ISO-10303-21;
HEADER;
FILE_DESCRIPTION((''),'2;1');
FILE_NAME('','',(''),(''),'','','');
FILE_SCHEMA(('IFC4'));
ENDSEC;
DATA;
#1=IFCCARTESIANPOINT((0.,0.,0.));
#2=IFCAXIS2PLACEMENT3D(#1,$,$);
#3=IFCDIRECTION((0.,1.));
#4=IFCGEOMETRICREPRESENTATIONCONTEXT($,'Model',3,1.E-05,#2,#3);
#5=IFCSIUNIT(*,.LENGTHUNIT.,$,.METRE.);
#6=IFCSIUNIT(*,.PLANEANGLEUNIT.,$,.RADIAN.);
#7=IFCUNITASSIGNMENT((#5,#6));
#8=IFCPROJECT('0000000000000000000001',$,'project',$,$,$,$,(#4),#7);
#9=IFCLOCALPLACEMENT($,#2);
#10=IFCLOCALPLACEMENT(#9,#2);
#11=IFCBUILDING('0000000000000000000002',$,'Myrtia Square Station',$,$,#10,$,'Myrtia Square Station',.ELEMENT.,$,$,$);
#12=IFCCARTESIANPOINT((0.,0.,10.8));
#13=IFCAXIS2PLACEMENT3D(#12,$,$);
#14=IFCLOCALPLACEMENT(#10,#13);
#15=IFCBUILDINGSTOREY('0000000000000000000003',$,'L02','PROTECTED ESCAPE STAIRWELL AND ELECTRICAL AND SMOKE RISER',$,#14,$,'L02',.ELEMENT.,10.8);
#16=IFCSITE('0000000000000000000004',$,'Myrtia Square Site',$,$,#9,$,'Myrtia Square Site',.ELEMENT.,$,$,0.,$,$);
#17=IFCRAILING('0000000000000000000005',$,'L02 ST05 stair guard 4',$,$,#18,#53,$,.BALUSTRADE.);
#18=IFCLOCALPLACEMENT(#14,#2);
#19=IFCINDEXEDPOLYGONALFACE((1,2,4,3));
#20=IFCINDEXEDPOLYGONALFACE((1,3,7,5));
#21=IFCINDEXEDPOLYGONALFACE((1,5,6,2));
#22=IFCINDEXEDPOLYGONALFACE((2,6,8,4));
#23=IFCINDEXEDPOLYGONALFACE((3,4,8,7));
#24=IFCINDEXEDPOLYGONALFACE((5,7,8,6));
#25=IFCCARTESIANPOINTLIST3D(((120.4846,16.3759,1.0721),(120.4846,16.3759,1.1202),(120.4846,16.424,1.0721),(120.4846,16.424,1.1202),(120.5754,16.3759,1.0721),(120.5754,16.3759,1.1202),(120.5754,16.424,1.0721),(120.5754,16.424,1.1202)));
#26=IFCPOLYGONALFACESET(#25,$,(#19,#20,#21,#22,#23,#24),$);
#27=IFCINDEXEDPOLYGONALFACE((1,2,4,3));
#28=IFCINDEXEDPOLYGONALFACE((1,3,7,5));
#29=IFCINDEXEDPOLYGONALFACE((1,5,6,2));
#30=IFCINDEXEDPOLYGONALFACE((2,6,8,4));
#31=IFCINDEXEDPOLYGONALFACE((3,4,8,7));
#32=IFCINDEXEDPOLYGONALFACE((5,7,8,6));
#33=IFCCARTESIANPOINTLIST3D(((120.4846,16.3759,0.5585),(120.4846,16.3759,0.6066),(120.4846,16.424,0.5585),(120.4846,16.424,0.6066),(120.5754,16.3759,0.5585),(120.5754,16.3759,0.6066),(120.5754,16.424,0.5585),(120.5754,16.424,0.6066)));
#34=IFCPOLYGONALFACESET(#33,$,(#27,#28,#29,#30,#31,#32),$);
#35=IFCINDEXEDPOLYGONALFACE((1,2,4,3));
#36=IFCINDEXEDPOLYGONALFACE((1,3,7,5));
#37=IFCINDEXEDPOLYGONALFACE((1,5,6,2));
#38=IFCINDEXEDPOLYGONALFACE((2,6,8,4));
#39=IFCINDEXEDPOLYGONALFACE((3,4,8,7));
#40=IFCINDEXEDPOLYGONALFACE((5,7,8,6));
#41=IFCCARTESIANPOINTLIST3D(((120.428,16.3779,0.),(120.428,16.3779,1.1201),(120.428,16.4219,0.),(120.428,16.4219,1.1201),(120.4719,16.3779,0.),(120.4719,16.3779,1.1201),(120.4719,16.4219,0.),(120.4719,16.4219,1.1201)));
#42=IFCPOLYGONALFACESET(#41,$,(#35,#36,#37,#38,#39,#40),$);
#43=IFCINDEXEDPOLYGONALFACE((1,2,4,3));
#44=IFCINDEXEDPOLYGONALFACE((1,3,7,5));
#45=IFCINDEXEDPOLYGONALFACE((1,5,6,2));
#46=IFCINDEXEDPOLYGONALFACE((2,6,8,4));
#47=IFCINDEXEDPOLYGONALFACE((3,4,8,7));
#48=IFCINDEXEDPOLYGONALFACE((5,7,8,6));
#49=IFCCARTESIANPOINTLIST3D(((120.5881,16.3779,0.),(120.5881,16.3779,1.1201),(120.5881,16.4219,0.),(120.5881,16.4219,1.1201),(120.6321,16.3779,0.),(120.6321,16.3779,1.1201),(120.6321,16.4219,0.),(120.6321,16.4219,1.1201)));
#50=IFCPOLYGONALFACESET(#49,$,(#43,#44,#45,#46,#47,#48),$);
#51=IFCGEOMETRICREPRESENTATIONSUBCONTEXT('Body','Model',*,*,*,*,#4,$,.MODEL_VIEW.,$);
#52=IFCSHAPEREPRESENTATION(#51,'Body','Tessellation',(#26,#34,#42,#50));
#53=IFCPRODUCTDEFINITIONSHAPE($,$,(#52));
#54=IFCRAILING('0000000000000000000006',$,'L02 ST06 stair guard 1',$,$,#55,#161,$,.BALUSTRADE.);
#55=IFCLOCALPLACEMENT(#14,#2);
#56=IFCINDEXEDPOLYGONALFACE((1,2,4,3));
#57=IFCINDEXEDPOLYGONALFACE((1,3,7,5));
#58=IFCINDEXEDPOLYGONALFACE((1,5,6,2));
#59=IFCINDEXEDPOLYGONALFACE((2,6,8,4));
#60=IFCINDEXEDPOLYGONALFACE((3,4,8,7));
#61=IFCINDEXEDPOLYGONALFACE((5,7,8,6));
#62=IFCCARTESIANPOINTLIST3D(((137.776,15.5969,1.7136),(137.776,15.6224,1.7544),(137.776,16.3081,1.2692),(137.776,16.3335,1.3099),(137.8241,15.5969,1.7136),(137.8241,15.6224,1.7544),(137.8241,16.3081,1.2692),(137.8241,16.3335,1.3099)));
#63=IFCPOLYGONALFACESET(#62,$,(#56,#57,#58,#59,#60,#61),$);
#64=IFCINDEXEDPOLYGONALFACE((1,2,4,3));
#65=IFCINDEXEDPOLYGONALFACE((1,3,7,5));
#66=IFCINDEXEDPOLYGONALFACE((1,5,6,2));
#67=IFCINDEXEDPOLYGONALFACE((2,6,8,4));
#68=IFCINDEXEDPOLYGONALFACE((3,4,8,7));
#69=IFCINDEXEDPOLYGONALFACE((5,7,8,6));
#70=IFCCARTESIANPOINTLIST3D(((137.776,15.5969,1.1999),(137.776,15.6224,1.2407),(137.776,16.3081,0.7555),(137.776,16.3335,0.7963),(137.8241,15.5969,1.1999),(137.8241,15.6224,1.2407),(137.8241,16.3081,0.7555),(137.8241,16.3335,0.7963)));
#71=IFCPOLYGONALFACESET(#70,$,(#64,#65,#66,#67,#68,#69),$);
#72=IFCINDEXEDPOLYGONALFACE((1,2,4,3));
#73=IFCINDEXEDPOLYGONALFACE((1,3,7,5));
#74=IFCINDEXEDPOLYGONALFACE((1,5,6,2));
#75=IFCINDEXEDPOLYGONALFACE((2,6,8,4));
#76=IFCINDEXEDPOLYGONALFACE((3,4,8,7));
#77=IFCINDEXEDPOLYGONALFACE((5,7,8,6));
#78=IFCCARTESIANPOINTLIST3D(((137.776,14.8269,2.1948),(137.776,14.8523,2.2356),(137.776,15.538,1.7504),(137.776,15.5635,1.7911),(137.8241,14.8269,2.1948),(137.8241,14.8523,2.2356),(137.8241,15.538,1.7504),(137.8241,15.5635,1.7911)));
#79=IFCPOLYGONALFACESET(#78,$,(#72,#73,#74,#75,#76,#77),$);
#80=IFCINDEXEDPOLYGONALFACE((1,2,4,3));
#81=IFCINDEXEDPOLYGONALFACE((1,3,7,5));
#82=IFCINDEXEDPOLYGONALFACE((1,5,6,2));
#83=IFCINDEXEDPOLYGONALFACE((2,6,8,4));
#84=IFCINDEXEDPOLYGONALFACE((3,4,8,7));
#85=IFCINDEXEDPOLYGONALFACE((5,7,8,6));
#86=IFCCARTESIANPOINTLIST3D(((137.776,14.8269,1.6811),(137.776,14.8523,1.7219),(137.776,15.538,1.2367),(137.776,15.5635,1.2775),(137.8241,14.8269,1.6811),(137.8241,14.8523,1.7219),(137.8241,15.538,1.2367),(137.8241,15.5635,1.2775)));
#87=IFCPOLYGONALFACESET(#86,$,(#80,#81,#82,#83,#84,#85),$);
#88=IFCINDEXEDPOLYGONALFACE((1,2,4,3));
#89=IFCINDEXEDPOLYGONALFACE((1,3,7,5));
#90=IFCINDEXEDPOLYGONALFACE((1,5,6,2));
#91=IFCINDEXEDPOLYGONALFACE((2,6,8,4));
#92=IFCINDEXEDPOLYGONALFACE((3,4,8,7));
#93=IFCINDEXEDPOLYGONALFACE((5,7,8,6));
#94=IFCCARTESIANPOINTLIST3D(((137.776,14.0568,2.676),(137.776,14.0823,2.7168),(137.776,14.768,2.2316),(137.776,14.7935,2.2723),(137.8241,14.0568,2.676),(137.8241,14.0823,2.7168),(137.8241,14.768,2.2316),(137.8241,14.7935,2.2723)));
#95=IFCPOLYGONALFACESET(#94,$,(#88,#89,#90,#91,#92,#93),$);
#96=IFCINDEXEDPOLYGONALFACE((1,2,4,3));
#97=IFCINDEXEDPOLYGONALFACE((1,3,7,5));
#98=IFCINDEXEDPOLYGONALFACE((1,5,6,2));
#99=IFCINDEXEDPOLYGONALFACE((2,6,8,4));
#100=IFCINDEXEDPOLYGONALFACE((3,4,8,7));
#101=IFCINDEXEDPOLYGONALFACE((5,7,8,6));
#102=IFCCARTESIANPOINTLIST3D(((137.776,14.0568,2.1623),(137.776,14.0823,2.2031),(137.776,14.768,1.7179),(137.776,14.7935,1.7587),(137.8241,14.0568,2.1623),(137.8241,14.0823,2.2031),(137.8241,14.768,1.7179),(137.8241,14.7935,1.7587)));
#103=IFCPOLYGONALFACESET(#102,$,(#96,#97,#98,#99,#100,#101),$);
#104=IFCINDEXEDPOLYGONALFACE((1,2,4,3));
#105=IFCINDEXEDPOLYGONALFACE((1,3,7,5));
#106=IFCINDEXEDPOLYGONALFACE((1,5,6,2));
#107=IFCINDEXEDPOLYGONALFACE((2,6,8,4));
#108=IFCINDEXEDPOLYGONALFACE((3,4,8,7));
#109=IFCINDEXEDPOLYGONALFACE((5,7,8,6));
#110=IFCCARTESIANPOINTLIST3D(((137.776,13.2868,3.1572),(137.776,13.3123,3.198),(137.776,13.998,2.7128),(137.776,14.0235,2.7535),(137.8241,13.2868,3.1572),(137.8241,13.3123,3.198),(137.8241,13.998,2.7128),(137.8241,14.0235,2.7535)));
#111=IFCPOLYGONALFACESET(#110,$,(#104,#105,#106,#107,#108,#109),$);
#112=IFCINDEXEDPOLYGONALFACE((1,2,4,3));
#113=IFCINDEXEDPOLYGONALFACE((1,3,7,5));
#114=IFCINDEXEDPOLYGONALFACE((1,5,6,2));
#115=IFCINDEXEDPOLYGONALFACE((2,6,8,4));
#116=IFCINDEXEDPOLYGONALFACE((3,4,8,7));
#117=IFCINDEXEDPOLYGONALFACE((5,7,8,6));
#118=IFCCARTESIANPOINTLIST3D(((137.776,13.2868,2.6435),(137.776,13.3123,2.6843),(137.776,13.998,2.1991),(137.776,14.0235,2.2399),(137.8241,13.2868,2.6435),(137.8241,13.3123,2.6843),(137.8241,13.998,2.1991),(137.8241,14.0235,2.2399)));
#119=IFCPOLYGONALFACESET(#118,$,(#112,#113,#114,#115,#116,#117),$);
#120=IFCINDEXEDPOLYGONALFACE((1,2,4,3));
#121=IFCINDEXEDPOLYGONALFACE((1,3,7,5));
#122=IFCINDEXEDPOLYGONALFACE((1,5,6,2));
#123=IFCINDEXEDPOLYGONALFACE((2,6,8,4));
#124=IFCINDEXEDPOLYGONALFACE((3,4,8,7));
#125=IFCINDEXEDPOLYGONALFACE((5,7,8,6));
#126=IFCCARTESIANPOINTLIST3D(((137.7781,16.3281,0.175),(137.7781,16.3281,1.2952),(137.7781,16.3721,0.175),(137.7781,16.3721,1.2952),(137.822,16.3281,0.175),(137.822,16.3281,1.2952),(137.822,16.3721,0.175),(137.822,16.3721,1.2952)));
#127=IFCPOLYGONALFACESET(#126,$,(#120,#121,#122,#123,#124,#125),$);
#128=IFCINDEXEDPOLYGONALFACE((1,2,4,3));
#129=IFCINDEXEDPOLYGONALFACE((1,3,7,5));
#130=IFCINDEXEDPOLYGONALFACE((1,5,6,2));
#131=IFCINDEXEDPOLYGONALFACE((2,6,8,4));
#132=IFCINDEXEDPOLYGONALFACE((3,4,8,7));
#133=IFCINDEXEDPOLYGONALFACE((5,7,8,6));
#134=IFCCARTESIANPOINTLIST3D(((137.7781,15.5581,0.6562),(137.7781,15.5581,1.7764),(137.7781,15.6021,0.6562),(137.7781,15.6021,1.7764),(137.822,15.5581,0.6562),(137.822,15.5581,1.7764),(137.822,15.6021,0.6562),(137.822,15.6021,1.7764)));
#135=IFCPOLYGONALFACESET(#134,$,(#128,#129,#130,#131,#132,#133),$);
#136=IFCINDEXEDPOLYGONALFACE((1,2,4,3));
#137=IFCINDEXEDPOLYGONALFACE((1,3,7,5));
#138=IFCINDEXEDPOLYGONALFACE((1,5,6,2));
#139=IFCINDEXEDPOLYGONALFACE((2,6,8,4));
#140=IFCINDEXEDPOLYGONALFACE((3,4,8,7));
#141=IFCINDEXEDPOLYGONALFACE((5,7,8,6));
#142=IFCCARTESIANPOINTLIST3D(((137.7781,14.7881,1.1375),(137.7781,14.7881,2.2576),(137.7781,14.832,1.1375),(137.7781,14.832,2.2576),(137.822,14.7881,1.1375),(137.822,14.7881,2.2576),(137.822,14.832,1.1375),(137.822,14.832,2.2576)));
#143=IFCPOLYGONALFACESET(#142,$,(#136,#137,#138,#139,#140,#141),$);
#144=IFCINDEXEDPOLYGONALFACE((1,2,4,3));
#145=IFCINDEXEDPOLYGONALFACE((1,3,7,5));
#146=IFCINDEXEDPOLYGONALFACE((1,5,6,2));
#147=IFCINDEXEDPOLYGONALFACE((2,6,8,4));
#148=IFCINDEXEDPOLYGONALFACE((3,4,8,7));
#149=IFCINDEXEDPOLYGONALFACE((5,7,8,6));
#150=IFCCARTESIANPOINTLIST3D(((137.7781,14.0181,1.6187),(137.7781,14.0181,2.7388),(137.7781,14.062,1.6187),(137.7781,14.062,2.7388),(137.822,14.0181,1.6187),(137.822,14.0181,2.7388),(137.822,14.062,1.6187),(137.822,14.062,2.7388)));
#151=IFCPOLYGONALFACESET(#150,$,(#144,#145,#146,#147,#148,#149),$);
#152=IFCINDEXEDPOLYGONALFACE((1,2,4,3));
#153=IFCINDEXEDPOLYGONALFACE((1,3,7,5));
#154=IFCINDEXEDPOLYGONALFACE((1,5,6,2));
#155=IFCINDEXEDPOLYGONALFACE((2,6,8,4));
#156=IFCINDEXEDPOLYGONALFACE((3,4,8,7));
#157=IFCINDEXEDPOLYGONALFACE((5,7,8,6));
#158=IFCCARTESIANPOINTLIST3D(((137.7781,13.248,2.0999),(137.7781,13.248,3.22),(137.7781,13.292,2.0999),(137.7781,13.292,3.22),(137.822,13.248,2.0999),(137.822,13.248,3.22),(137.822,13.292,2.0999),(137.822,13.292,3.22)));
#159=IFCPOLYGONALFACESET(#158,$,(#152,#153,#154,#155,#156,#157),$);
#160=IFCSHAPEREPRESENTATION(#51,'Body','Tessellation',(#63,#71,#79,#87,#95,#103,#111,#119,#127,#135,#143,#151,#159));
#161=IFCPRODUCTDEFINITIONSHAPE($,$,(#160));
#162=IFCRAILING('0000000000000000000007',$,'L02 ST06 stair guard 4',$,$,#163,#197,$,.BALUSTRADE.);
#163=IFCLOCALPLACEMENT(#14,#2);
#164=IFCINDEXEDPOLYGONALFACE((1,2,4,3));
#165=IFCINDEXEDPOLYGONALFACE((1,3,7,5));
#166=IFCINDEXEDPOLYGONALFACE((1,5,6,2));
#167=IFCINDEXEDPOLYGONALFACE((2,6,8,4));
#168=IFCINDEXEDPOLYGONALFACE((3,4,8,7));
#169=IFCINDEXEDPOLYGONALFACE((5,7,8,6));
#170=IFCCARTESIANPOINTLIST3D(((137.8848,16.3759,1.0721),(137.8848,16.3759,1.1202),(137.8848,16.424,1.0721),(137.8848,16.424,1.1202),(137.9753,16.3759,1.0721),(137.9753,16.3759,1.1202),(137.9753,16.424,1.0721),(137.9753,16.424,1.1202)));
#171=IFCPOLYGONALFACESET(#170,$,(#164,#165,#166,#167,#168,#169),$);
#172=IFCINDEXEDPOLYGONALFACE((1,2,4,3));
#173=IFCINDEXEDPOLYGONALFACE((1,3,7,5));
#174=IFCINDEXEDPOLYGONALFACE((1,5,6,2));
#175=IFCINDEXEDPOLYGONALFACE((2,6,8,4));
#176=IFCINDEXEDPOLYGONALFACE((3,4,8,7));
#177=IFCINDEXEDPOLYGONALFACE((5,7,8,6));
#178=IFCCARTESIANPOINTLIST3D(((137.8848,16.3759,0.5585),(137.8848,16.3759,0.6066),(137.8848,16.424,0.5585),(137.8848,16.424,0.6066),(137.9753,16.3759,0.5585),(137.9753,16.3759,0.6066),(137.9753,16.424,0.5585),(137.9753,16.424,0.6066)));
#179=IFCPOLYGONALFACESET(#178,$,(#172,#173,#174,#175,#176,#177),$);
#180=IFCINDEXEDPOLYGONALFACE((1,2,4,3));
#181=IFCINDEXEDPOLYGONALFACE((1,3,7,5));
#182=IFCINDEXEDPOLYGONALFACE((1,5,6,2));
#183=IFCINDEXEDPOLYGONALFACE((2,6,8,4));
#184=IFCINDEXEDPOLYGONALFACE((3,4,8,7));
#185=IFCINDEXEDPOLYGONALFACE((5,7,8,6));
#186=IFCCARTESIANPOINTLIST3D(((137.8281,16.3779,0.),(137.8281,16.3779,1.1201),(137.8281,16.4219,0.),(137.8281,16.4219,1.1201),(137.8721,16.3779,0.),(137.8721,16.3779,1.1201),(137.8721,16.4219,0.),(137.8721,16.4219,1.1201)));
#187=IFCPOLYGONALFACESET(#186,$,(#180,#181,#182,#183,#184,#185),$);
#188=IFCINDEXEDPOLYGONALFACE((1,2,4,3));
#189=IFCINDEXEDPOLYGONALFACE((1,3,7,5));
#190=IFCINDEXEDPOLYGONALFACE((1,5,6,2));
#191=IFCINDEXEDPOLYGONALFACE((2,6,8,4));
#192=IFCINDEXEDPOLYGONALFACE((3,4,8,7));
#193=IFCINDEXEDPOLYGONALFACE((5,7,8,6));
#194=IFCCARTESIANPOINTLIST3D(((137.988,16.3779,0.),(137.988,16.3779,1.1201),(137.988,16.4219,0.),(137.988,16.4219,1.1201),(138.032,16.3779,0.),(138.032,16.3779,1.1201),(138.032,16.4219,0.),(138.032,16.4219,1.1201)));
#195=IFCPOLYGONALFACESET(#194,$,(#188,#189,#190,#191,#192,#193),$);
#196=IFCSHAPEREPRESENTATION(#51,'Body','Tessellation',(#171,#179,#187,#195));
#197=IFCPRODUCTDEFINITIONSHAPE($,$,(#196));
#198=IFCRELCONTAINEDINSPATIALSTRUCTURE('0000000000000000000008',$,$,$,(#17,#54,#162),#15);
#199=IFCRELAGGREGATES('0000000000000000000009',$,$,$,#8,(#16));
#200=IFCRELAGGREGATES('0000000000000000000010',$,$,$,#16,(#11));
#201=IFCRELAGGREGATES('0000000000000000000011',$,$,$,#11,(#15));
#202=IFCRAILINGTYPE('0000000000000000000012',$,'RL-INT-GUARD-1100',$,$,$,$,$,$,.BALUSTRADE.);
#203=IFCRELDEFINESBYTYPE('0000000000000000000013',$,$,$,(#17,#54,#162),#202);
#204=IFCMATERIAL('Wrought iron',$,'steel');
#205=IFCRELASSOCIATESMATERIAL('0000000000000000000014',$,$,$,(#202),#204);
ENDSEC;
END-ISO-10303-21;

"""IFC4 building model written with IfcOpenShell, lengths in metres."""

from ifc_helpers import new_model, si_unit, direction, frame, origin, origin_2d, place, context, subcontext, project, spatial, rectangle, extrude, material, type_object, element, save


model = new_model("IFC4")

# Units and contexts
model_context = context("Model", 3, precision=1e-05, world=origin(), true_north=direction((0.0, 1.0)))
body_context = subcontext(model_context, "Body", "Model", "MODEL_VIEW")
ifc_project = project(units=[si_unit("LENGTHUNIT", "METRE"), si_unit("PLANEANGLEUNIT", "RADIAN")], contexts=[model_context])

# Site, building, storey
site_placement = place(None, origin())
site = spatial("IfcSite", under=ifc_project, at=site_placement, Name="Myrtia Square Site", LongName="Myrtia Square Site", CompositionType="ELEMENT", RefElevation=0.0)
building_placement = place(site_placement, origin())
building = spatial("IfcBuilding", under=site, at=building_placement, Name="Myrtia Square Station", LongName="Myrtia Square Station", CompositionType="ELEMENT")
storey_placement = place(building_placement, frame((0.0, 0.0, 10.8)))
storey = spatial("IfcBuildingStorey", under=building, at=storey_placement, Name="L02", Description="PROTECTED ESCAPE STAIRWELL AND ELECTRICAL AND SMOKE RISER", LongName="L02", CompositionType="ELEMENT", Elevation=10.8)

# Railings
ifc_material_1 = material(Name="Wrought iron", Category="steel")
railing_type_1 = type_object("IfcRailingType", Name="RL-INT-GUARD-1100", PredefinedType="BALUSTRADE", material=ifc_material_1)
railing_1_placement = place(storey_placement, frame((120.45, 16.3999, 0.0)))
element("IfcRailing", 1, at=railing_1_placement, inside=storey, type_object=railing_type_1, Name="L02 ST05 stair guard 4", PredefinedType="BALUSTRADE", context=body_context, shape_type="SweptSolid", body=[
    extrude(rectangle(XDim=0.0481, YDim=0.0481, at=origin_2d()), frame((0.0347, 0.0, 1.0962), z_axis=(1.0, 0.0, 0.0), x_axis=(0.0, 1.0, 0.0)), (0.0, 0.0, 1.0), 0.0908),
    extrude(rectangle(XDim=0.0481, YDim=0.0481, at=origin_2d()), frame((0.0347, 0.0, 0.5825), z_axis=(1.0, 0.0, 0.0), x_axis=(0.0, 1.0, 0.0)), (0.0, 0.0, 1.0), 0.0908),
    extrude(rectangle(XDim=0.0439, YDim=0.0439, at=origin_2d()), origin(), (0.0, 0.0, 1.0), 1.1201),
    extrude(rectangle(XDim=0.0439, YDim=0.0439, at=origin_2d()), frame((0.1602, 0.0, 0.0)), (0.0, 0.0, 1.0), 1.1201),
])
railing_2_placement = place(storey_placement, frame((137.8, 16.3501, 0.175)))
element("IfcRailing", 2, at=railing_2_placement, inside=storey, type_object=railing_type_1, Name="L02 ST06 stair guard 1", PredefinedType="BALUSTRADE", context=body_context, shape_type="SweptSolid", body=[
    extrude(rectangle(XDim=0.0481, YDim=0.0481, at=origin_2d()), frame((0.0, -0.0293, 1.1145), z_axis=(0.0, -0.848029, 0.529951), x_axis=(1.0, 0.0, 0.0)), (0.0, 0.0, 1.0), 0.8386),
    extrude(rectangle(XDim=0.0481, YDim=0.0481, at=origin_2d()), frame((0.0, -0.0293, 0.6008), z_axis=(0.0, -0.848029, 0.529951), x_axis=(1.0, 0.0, 0.0)), (0.0, 0.0, 1.0), 0.8386),
    extrude(rectangle(XDim=0.0481, YDim=0.0481, at=origin_2d()), frame((0.0, -0.7993, 1.5957), z_axis=(0.0, -0.848029, 0.529951), x_axis=(1.0, 0.0, 0.0)), (0.0, 0.0, 1.0), 0.8386),
    extrude(rectangle(XDim=0.0481, YDim=0.0481, at=origin_2d()), frame((0.0, -0.7993, 1.082), z_axis=(0.0, -0.848029, 0.529951), x_axis=(1.0, 0.0, 0.0)), (0.0, 0.0, 1.0), 0.8386),
    extrude(rectangle(XDim=0.0481, YDim=0.0481, at=origin_2d()), frame((0.0, -1.5693, 2.0769), z_axis=(0.0, -0.848029, 0.529951), x_axis=(1.0, 0.0, 0.0)), (0.0, 0.0, 1.0), 0.8386),
    extrude(rectangle(XDim=0.0481, YDim=0.0481, at=origin_2d()), frame((0.0, -1.5693, 1.5632), z_axis=(0.0, -0.848029, 0.529951), x_axis=(1.0, 0.0, 0.0)), (0.0, 0.0, 1.0), 0.8386),
    extrude(rectangle(XDim=0.0481, YDim=0.0481, at=origin_2d()), frame((0.0, -2.3394, 2.5581), z_axis=(0.0, -0.848029, 0.529951), x_axis=(1.0, 0.0, 0.0)), (0.0, 0.0, 1.0), 0.8386),
    extrude(rectangle(XDim=0.0481, YDim=0.0481, at=origin_2d()), frame((0.0, -2.3394, 2.0444), z_axis=(0.0, -0.848029, 0.529951), x_axis=(1.0, 0.0, 0.0)), (0.0, 0.0, 1.0), 0.8386),
    extrude(rectangle(XDim=0.0439, YDim=0.0439, at=origin_2d()), origin(), (0.0, 0.0, 1.0), 1.1201),
    extrude(rectangle(XDim=0.0439, YDim=0.0439, at=origin_2d()), frame((0.0, -0.77, 0.4812)), (0.0, 0.0, 1.0), 1.1201),
    extrude(rectangle(XDim=0.0439, YDim=0.0439, at=origin_2d()), frame((0.0, -1.54, 0.9624)), (0.0, 0.0, 1.0), 1.1201),
    extrude(rectangle(XDim=0.0439, YDim=0.0439, at=origin_2d()), frame((0.0, -2.3101, 1.4436)), (0.0, 0.0, 1.0), 1.1201),
    extrude(rectangle(XDim=0.0439, YDim=0.0439, at=origin_2d()), frame((0.0, -3.0801, 1.9248)), (0.0, 0.0, 1.0), 1.1201),
])
railing_3_placement = place(storey_placement, frame((137.8501, 16.3999, 0.0)))
element("IfcRailing", 3, at=railing_3_placement, inside=storey, type_object=railing_type_1, Name="L02 ST06 stair guard 4", PredefinedType="BALUSTRADE", context=body_context, shape_type="SweptSolid", body=[
    extrude(rectangle(XDim=0.0481, YDim=0.0481, at=origin_2d()), frame((0.0347, 0.0, 1.0962), z_axis=(1.0, 0.0, 0.0), x_axis=(0.0, 1.0, 0.0)), (0.0, 0.0, 1.0), 0.0906),
    extrude(rectangle(XDim=0.0481, YDim=0.0481, at=origin_2d()), frame((0.0347, 0.0, 0.5825), z_axis=(1.0, 0.0, 0.0), x_axis=(0.0, 1.0, 0.0)), (0.0, 0.0, 1.0), 0.0906),
    extrude(rectangle(XDim=0.0439, YDim=0.0439, at=origin_2d()), origin(), (0.0, 0.0, 1.0), 1.1201),
    extrude(rectangle(XDim=0.0439, YDim=0.0439, at=origin_2d()), frame((0.1599, 0.0, 0.0)), (0.0, 0.0, 1.0), 1.1201),
])

save(model, "model.ifc")
